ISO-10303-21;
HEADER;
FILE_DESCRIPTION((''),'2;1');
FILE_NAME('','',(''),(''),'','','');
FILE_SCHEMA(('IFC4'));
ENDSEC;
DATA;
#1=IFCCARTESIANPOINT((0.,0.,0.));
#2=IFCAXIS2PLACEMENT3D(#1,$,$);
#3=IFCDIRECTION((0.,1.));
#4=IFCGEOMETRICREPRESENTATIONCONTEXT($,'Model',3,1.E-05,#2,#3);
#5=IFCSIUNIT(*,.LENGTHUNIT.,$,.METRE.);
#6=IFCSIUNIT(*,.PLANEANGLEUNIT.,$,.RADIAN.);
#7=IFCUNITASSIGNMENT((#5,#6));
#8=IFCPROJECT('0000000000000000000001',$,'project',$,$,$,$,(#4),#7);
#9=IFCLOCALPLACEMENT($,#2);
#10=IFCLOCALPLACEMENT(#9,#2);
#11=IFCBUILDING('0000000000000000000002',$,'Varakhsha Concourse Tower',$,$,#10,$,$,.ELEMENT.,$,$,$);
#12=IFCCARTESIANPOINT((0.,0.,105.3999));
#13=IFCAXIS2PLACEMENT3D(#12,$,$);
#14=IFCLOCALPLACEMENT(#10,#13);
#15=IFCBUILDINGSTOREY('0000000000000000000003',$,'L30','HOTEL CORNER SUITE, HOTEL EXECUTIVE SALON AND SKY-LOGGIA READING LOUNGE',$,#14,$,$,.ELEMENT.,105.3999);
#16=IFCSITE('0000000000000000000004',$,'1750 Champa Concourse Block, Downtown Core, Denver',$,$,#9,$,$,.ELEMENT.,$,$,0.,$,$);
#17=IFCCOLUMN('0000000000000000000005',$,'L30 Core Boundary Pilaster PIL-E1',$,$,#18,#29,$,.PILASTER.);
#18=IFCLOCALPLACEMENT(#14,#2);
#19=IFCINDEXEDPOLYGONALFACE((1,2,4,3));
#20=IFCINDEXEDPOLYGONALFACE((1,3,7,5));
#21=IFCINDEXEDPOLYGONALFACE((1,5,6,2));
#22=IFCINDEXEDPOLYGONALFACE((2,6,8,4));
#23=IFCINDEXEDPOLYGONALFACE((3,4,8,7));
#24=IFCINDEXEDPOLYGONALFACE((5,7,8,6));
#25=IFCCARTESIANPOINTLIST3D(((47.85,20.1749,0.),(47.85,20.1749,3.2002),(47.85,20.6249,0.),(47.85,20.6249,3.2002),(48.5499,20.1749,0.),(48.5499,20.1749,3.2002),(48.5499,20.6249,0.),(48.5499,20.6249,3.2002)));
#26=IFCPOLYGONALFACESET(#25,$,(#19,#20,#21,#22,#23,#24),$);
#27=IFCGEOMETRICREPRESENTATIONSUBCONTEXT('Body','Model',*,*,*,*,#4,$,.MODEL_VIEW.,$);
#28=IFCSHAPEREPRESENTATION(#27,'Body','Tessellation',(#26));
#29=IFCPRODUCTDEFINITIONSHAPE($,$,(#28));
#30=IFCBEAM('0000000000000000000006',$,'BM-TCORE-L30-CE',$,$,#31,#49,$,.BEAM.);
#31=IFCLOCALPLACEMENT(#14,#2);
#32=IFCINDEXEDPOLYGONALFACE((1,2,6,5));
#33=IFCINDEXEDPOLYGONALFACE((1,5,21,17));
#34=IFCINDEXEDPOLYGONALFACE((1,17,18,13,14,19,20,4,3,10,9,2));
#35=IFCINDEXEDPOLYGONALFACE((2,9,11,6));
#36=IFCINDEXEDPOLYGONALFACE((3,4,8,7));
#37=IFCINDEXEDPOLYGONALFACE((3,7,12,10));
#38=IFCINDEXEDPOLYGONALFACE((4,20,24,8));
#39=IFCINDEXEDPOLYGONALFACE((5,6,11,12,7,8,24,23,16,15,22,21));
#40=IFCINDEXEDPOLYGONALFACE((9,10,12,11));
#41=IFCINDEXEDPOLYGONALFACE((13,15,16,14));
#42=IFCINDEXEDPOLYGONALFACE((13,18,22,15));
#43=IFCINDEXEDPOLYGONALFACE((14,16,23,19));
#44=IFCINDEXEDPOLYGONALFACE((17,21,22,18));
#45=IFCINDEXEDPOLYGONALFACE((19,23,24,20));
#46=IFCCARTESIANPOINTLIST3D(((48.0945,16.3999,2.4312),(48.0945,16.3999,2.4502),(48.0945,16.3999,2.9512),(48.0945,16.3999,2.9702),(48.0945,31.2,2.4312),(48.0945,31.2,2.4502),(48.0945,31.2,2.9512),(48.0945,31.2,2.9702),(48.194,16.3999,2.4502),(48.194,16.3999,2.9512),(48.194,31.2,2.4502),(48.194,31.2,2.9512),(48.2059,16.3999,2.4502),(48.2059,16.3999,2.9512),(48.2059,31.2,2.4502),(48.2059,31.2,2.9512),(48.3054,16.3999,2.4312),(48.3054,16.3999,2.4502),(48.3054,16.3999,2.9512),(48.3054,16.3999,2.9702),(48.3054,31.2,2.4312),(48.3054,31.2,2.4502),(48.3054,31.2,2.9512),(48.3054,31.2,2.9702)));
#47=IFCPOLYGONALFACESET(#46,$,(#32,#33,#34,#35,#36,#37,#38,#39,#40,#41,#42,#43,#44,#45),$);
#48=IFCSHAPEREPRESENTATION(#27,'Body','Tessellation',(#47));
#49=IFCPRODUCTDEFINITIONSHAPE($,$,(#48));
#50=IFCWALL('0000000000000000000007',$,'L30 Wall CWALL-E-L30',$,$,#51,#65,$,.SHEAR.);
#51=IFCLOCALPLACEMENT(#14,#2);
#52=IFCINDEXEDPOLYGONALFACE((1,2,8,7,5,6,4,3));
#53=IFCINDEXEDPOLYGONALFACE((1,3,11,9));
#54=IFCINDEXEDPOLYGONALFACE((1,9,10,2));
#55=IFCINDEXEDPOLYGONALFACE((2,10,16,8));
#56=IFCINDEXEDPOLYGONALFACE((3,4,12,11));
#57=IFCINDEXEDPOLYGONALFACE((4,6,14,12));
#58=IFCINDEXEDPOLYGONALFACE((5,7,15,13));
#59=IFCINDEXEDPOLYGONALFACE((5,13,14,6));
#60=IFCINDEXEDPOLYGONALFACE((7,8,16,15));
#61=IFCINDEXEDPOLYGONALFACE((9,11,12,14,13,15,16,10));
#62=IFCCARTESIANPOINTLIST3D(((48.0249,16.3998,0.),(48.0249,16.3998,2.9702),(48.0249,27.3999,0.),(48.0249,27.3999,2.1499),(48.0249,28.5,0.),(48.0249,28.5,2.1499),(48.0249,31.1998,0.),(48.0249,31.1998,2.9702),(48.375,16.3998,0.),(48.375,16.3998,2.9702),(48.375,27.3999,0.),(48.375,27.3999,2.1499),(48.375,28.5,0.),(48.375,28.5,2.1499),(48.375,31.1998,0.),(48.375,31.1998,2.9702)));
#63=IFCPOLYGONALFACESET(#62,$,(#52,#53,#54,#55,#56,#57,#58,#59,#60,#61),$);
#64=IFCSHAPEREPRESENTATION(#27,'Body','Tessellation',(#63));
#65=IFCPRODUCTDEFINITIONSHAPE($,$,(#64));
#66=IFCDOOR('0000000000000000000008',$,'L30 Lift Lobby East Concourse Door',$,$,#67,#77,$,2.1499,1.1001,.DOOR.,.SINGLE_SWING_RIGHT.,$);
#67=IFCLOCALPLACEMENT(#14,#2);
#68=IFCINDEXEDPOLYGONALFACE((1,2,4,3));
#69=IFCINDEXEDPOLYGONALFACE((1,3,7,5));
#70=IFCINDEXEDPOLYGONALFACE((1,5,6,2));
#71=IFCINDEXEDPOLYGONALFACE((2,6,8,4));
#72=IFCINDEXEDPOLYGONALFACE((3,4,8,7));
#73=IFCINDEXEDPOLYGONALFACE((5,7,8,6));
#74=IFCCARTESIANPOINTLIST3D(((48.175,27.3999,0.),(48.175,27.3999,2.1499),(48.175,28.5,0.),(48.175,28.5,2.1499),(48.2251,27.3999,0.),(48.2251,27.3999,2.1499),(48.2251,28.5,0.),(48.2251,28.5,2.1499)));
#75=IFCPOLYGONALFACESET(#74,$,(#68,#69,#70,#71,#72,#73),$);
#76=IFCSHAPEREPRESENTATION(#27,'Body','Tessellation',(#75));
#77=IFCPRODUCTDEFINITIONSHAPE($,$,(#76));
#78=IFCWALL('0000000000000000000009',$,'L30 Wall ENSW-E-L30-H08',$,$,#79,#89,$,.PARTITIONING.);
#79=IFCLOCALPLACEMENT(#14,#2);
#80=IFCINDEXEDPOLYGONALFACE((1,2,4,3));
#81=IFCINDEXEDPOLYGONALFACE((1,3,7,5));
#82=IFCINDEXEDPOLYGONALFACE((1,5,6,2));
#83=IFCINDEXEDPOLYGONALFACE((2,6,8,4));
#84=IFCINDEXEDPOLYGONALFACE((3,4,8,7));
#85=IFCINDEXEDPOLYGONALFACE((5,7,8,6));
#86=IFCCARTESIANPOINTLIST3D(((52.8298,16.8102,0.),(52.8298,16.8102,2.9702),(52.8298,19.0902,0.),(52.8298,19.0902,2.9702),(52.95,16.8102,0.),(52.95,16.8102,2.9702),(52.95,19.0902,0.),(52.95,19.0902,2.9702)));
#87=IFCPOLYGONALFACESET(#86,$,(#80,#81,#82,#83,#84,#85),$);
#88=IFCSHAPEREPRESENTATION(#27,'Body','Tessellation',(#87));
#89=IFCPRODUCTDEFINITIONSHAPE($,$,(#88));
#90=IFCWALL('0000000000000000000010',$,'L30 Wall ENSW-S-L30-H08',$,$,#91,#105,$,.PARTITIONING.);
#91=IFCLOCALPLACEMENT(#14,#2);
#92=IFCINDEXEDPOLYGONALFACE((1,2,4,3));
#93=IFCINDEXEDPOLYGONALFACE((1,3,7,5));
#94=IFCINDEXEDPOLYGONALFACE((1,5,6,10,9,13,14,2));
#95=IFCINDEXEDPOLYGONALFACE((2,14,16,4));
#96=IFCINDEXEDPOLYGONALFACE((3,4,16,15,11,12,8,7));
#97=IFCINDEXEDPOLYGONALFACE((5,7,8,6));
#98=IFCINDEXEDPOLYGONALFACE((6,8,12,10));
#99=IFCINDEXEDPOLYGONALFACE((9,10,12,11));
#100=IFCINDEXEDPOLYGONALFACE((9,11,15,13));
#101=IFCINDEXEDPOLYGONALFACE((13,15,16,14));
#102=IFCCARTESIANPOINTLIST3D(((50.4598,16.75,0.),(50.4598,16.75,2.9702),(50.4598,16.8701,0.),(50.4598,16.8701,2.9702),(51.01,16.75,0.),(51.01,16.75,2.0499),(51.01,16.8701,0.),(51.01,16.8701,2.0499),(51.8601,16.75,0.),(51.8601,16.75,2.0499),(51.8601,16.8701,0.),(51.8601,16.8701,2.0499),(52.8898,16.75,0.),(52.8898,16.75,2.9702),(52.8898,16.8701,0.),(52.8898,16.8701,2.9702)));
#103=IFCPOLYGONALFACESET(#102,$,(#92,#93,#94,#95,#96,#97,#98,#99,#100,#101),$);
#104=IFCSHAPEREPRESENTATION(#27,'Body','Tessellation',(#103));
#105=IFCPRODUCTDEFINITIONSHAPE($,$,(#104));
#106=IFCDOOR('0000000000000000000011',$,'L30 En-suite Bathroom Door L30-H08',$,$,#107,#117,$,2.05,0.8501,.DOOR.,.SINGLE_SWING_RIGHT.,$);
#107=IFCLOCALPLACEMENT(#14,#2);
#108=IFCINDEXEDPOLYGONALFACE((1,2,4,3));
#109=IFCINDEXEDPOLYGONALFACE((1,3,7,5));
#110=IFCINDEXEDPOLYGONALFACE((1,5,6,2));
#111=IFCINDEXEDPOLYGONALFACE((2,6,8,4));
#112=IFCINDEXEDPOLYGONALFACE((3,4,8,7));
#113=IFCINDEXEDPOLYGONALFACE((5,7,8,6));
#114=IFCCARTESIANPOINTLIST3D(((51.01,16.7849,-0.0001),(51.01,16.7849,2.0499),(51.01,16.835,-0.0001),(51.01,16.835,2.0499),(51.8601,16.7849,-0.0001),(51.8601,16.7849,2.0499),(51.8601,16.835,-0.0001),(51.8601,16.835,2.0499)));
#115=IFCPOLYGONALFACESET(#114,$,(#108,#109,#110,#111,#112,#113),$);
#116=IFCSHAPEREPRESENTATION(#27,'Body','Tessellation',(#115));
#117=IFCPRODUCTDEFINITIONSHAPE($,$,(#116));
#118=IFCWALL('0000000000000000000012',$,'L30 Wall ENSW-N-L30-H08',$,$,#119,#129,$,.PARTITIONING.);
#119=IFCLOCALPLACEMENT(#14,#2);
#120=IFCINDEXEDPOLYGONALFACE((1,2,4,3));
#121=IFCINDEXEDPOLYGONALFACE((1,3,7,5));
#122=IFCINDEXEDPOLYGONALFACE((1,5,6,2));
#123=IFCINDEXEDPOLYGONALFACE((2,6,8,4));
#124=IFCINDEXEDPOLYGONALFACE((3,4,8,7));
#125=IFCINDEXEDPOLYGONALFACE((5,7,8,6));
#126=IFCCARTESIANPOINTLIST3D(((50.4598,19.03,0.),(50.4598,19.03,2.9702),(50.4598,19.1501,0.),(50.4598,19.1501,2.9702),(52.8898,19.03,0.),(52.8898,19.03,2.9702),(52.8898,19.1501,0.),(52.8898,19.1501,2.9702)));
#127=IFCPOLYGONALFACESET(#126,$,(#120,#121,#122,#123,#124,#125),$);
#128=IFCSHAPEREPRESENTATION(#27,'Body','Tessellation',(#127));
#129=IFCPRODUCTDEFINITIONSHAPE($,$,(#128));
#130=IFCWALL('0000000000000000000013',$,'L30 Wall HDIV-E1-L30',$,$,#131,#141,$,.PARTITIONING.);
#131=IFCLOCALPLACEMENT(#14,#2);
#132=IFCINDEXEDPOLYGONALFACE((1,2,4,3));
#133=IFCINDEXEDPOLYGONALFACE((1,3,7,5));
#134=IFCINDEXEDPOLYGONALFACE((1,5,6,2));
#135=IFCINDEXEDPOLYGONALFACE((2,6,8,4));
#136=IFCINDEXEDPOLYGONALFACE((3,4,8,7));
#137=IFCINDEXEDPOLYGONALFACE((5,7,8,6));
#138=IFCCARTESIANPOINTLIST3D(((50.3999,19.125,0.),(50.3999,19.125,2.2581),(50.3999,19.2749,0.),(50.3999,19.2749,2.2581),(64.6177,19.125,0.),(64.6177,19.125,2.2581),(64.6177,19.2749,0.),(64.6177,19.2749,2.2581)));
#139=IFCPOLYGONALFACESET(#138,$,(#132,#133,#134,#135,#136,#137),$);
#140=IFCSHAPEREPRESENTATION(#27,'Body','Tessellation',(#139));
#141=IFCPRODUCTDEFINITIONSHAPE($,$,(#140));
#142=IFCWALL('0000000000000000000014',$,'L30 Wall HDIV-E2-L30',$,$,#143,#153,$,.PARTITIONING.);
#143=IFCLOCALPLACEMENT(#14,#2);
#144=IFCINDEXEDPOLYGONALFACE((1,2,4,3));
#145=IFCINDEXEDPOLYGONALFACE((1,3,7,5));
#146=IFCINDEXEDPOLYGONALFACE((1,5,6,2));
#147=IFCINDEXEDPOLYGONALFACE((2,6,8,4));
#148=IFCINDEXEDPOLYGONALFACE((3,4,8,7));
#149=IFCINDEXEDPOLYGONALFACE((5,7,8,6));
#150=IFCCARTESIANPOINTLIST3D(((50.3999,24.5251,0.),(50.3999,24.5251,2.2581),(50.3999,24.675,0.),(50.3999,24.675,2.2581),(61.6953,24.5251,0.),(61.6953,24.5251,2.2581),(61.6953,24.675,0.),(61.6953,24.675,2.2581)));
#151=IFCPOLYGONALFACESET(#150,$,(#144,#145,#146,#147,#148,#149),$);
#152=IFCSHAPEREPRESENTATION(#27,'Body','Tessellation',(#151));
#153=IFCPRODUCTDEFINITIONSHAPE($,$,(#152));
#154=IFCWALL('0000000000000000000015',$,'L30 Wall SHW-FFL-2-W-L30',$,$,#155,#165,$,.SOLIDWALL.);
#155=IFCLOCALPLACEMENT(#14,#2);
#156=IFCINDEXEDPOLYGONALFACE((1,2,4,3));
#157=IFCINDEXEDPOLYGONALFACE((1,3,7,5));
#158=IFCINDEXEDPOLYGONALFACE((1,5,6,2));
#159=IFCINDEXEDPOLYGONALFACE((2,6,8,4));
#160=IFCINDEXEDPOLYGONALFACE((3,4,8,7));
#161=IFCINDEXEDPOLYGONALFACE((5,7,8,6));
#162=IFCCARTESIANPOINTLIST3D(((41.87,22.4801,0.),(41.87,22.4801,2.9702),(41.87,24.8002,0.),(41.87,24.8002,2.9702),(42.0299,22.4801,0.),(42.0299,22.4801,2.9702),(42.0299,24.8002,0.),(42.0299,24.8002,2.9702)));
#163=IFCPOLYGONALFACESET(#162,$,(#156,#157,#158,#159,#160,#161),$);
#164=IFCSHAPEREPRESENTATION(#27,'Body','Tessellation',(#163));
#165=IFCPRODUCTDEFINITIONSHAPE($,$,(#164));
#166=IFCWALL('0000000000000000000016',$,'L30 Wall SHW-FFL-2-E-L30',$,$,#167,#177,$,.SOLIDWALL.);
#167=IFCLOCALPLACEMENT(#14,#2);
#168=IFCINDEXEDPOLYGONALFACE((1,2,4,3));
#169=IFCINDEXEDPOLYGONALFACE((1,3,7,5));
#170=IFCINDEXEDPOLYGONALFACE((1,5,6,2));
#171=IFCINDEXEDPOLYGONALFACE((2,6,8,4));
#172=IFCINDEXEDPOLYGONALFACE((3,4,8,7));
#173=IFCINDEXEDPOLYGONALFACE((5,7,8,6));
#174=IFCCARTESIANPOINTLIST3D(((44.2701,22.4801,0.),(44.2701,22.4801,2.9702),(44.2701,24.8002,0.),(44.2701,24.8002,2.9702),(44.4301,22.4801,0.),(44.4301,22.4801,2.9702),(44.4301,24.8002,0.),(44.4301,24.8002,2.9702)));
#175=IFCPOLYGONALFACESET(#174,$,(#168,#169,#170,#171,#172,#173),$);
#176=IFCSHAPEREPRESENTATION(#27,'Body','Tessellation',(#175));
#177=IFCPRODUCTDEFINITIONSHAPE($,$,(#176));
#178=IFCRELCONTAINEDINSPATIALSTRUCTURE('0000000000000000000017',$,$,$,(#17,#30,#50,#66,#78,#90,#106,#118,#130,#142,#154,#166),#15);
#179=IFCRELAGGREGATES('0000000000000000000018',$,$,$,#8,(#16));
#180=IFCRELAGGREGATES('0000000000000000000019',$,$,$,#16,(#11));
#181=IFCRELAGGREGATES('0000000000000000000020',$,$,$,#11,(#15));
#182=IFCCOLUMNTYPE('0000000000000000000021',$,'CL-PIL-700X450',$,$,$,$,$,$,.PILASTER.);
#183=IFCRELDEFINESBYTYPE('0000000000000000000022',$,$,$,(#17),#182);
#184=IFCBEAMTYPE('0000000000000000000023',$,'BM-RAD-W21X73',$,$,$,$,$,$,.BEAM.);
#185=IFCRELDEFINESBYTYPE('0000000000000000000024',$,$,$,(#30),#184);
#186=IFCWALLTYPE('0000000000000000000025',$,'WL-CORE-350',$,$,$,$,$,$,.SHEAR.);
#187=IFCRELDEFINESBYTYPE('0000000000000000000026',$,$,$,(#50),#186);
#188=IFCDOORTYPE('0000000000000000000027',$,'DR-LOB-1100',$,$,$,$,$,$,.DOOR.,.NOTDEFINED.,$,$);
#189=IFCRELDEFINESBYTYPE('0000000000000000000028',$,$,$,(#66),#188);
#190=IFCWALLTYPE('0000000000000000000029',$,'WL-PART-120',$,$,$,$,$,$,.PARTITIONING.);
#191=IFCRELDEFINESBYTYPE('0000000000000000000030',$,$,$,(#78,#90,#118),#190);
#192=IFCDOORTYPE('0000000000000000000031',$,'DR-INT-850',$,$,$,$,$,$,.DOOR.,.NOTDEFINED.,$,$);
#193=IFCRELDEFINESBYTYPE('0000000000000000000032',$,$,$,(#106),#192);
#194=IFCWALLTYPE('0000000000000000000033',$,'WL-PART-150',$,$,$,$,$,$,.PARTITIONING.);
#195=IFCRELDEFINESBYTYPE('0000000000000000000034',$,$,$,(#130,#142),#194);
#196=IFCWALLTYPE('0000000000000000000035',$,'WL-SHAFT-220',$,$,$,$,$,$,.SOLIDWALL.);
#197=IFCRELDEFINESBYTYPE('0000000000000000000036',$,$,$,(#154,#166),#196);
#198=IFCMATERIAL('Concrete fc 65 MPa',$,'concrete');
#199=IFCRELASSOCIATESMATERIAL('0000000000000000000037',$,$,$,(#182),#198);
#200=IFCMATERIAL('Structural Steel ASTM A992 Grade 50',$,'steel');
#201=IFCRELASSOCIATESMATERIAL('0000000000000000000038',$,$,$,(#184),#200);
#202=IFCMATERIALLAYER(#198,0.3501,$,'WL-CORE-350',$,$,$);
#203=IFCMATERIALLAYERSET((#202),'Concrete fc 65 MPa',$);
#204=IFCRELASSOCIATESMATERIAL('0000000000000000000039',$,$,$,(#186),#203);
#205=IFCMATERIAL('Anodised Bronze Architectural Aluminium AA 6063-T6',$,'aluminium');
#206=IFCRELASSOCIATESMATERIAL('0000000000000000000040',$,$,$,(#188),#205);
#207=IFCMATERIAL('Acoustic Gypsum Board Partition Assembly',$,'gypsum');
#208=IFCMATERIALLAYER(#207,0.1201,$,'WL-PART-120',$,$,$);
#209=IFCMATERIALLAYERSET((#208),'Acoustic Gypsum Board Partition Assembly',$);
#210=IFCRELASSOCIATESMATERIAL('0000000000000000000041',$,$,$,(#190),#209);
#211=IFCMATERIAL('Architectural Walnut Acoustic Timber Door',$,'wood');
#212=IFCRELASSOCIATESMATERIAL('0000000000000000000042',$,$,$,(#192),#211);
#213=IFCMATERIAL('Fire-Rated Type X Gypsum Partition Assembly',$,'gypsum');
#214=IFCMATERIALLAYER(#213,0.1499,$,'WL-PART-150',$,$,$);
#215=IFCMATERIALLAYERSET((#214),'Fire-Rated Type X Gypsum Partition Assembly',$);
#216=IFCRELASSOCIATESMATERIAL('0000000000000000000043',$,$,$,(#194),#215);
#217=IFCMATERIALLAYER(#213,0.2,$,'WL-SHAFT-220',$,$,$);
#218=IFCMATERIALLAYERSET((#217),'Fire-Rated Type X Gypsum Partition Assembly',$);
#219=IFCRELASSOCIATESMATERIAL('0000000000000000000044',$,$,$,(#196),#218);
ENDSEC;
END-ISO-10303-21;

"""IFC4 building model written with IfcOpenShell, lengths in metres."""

from ifc_helpers import new_model, si_unit, direction, frame, frame_2d, origin, origin_2d, place, context, subcontext, project, spatial, rectangle, i_section, extrude, material, layer, layer_set, material_profile, profile_set, type_object, element, fill, save


model = new_model("IFC4")

# Units and contexts
model_context = context("Model", 3, precision=1e-05, world=origin(), true_north=direction((0.0, 1.0)))
body_context = subcontext(model_context, "Body", "Model", "MODEL_VIEW")
ifc_project = project(units=[si_unit("LENGTHUNIT", "METRE"), si_unit("PLANEANGLEUNIT", "RADIAN")], contexts=[model_context])

# Site, building, storey
site_placement = place(None, origin())
site = spatial("IfcSite", under=ifc_project, at=site_placement, Name="1750 Champa Concourse Block, Downtown Core, Denver", CompositionType="ELEMENT", RefElevation=0.0)
building_placement = place(site_placement, origin())
building = spatial("IfcBuilding", under=site, at=building_placement, Name="Varakhsha Concourse Tower", CompositionType="ELEMENT")
storey_placement = place(building_placement, frame((0.0, 0.0, 105.3999)))
storey = spatial("IfcBuildingStorey", under=building, at=storey_placement, Name="L30", Description="HOTEL CORNER SUITE, HOTEL EXECUTIVE SALON AND SKY-LOGGIA READING LOUNGE", CompositionType="ELEMENT", Elevation=105.3999)

# Column
ifc_material_1 = material(Name="Concrete fc 65 MPa", Category="concrete")
ifc_material_profile_1 = material_profile(ifc_material_1, rectangle(XDim=0.7, YDim=0.45, at=origin_2d()), Name="RC 700x450")
ifc_profile_set_1 = profile_set([ifc_material_profile_1], Name="Concrete fc 65 MPa")
column_type = type_object("IfcColumnType", Name="CL-PIL-700X450", PredefinedType="PILASTER", material=ifc_profile_set_1)
column_placement = place(storey_placement, frame((48.2, 20.3999, 0.0), z_axis=(0.0, 0.0, 1.0), x_axis=(1.0, 0.0, 0.0)))
element("IfcColumn", 1, at=column_placement, inside=storey, type_object=column_type, Name="L30 Core Boundary Pilaster PIL-E1", PredefinedType="PILASTER", context=body_context, shape_type="SweptSolid", body=[
    extrude(rectangle(XDim=0.7, YDim=0.45, at=origin_2d()), origin(), (0.0, 0.0, 1.0), 3.2002),
])

# Beam
ifc_material_2 = material(Name="Structural Steel ASTM A992 Grade 50", Category="steel")
ifc_material_profile_2 = material_profile(ifc_material_2, i_section(OverallWidth=0.2109, OverallDepth=0.5391, WebThickness=0.012, FlangeThickness=0.019, at=origin_2d()), Name="W21X73")
ifc_profile_set_2 = profile_set([ifc_material_profile_2], Name="Structural Steel ASTM A992 Grade 50")
beam_type = type_object("IfcBeamType", Name="BM-RAD-W21X73", PredefinedType="BEAM", material=ifc_profile_set_2)
beam_placement = place(storey_placement, frame((48.2, 16.3999, 2.7007), z_axis=(0.0, 1.0, 0.0), x_axis=(-1.0, 0.0, 0.0)))
element("IfcBeam", 2, at=beam_placement, inside=storey, type_object=beam_type, Name="BM-TCORE-L30-CE", PredefinedType="BEAM", context=body_context, shape_type="SweptSolid", body=[
    extrude(i_section(OverallWidth=0.2109, OverallDepth=0.5391, WebThickness=0.012, FlangeThickness=0.019, at=origin_2d()), origin(), (0.0, 0.0, 1.0), 14.8),
])

# Wall, opening, door
ifc_layer_1 = layer(ifc_material_1, 0.3501, Name="WL-CORE-350")
ifc_layer_set_1 = layer_set([ifc_layer_1], Name="Concrete fc 65 MPa")
wall_type_1 = type_object("IfcWallType", Name="WL-CORE-350", PredefinedType="SHEAR", material=ifc_layer_set_1)
wall_1_placement = place(storey_placement, frame((48.2, 16.3999, 0.0), z_axis=(0.0, 0.0, 1.0), x_axis=(0.0, 1.0, 0.0)))
wall_1 = element("IfcWall", 3, at=wall_1_placement, inside=storey, type_object=wall_type_1, Name="L30 Wall CWALL-E-L30", PredefinedType="SHEAR", context=body_context, shape_type="SweptSolid", body=[
    extrude(rectangle(XDim=14.8, YDim=0.3501, at=frame_2d((7.3999, 0.0))), origin(), (0.0, 0.0, 1.0), 2.9702),
])
opening_1_placement = place(wall_1_placement, frame((11.0, 0.0, 0.0)))
opening_1 = element("IfcOpeningElement", 4, at=opening_1_placement, cuts=wall_1, PredefinedType="OPENING", context=body_context, shape_type="SweptSolid", body=[
    extrude(rectangle(XDim=1.1001, YDim=2.1499, at=frame_2d((0.55, 1.075))), frame((0.0, 0.1851, 0.0), z_axis=(0.0, -1.0, 0.0), x_axis=(1.0, 0.0, 0.0)), (0.0, 0.0, 1.0), 0.3701),
])
ifc_material_3 = material(Name="Anodised Bronze Architectural Aluminium AA 6063-T6", Category="aluminium")
door_type_1 = type_object("IfcDoorType", Name="DR-LOB-1100", OperationType="NOTDEFINED", PredefinedType="DOOR", material=ifc_material_3)
door_1_placement = place(opening_1_placement, origin())
door_1 = element("IfcDoor", 5, at=door_1_placement, inside=storey, type_object=door_type_1, Name="L30 Lift Lobby East Concourse Door", OperationType="SINGLE_SWING_RIGHT", OverallHeight=2.1499, OverallWidth=1.1001, PredefinedType="DOOR", context=body_context, shape_type="SweptSolid", body=[
    extrude(rectangle(XDim=1.1001, YDim=2.1499, at=frame_2d((0.55, 1.075))), frame((0.0, 0.0249, 0.0), z_axis=(0.0, -1.0, 0.0), x_axis=(1.0, 0.0, 0.0)), (0.0, 0.0, 1.0), 0.05),
])
fill(opening_1, door_1)

# Wall
ifc_material_4 = material(Name="Acoustic Gypsum Board Partition Assembly", Category="gypsum")
ifc_layer_2 = layer(ifc_material_4, 0.1201, Name="WL-PART-120")
ifc_layer_set_2 = layer_set([ifc_layer_2], Name="Acoustic Gypsum Board Partition Assembly")
wall_type_2 = type_object("IfcWallType", Name="WL-PART-120", PredefinedType="PARTITIONING", material=ifc_layer_set_2)
wall_2_placement = place(storey_placement, frame((52.8899, 16.8101, 0.0), z_axis=(0.0, 0.0, 1.0), x_axis=(0.0, 1.0, 0.0)))
element("IfcWall", 6, at=wall_2_placement, inside=storey, type_object=wall_type_2, Name="L30 Wall ENSW-E-L30-H08", PredefinedType="PARTITIONING", context=body_context, shape_type="SweptSolid", body=[
    extrude(rectangle(XDim=2.28, YDim=0.1201, at=frame_2d((1.1401, 0.0))), origin(), (0.0, 0.0, 1.0), 2.9702),
])

# Wall, opening, door
wall_3_placement = place(storey_placement, frame((50.46, 16.8101, 0.0), z_axis=(0.0, 0.0, 1.0), x_axis=(1.0, 0.0, 0.0)))
wall_3 = element("IfcWall", 7, at=wall_3_placement, inside=storey, type_object=wall_type_2, Name="L30 Wall ENSW-S-L30-H08", PredefinedType="PARTITIONING", context=body_context, shape_type="SweptSolid", body=[
    extrude(rectangle(XDim=2.4299, YDim=0.1201, at=frame_2d((1.2148, 0.0))), origin(), (0.0, 0.0, 1.0), 2.9702),
])
opening_2_placement = place(wall_3_placement, frame((0.55, 0.0, 0.0)))
opening_2 = element("IfcOpeningElement", 8, at=opening_2_placement, cuts=wall_3, PredefinedType="OPENING", context=body_context, shape_type="SweptSolid", body=[
    extrude(rectangle(XDim=0.8501, YDim=2.05, at=frame_2d((0.425, 1.0249))), frame((0.0, 0.0701, 0.0), z_axis=(0.0, -1.0, 0.0), x_axis=(1.0, 0.0, 0.0)), (0.0, 0.0, 1.0), 0.1401),
])
ifc_material_5 = material(Name="Architectural Walnut Acoustic Timber Door", Category="wood")
door_type_2 = type_object("IfcDoorType", Name="DR-INT-850", OperationType="NOTDEFINED", PredefinedType="DOOR", material=ifc_material_5)
door_2_placement = place(opening_2_placement, origin())
door_2 = element("IfcDoor", 9, at=door_2_placement, inside=storey, type_object=door_type_2, Name="L30 En-suite Bathroom Door L30-H08", OperationType="SINGLE_SWING_RIGHT", OverallHeight=2.05, OverallWidth=0.8501, PredefinedType="DOOR", context=body_context, shape_type="SweptSolid", body=[
    extrude(rectangle(XDim=0.8501, YDim=2.05, at=frame_2d((0.425, 1.0249))), frame((0.0, 0.0249, 0.0), z_axis=(0.0, -1.0, 0.0), x_axis=(1.0, 0.0, 0.0)), (0.0, 0.0, 1.0), 0.05),
])
fill(opening_2, door_2)

# Walls
wall_4_placement = place(storey_placement, frame((50.46, 19.0901, 0.0), z_axis=(0.0, 0.0, 1.0), x_axis=(1.0, 0.0, 0.0)))
element("IfcWall", 10, at=wall_4_placement, inside=storey, type_object=wall_type_2, Name="L30 Wall ENSW-N-L30-H08", PredefinedType="PARTITIONING", context=body_context, shape_type="SweptSolid", body=[
    extrude(rectangle(XDim=2.4299, YDim=0.1201, at=frame_2d((1.2148, 0.0))), origin(), (0.0, 0.0, 1.0), 2.9702),
])
ifc_material_6 = material(Name="Fire-Rated Type X Gypsum Partition Assembly", Category="gypsum")
ifc_layer_3 = layer(ifc_material_6, 0.1499, Name="WL-PART-150")
ifc_layer_set_3 = layer_set([ifc_layer_3], Name="Fire-Rated Type X Gypsum Partition Assembly")
wall_type_3 = type_object("IfcWallType", Name="WL-PART-150", PredefinedType="PARTITIONING", material=ifc_layer_set_3)
wall_5_placement = place(storey_placement, frame((50.3999, 19.2, 0.0), z_axis=(0.0, 0.0, 1.0), x_axis=(1.0, 0.0, 0.0)))
element("IfcWall", 11, at=wall_5_placement, inside=storey, type_object=wall_type_3, Name="L30 Wall HDIV-E1-L30", PredefinedType="PARTITIONING", context=body_context, shape_type="SweptSolid", body=[
    extrude(rectangle(XDim=14.2178, YDim=0.1499, at=frame_2d((7.1089, 0.0))), origin(), (0.0, 0.0, 1.0), 2.2581),
])
wall_6_placement = place(storey_placement, frame((50.3999, 24.6001, 0.0), z_axis=(0.0, 0.0, 1.0), x_axis=(1.0, 0.0, 0.0)))
element("IfcWall", 12, at=wall_6_placement, inside=storey, type_object=wall_type_3, Name="L30 Wall HDIV-E2-L30", PredefinedType="PARTITIONING", context=body_context, shape_type="SweptSolid", body=[
    extrude(rectangle(XDim=11.2954, YDim=0.1499, at=frame_2d((5.6477, 0.0))), origin(), (0.0, 0.0, 1.0), 2.2581),
])
ifc_layer_4 = layer(ifc_material_6, 0.2, Name="WL-SHAFT-220")
ifc_layer_set_4 = layer_set([ifc_layer_4], Name="Fire-Rated Type X Gypsum Partition Assembly")
wall_type_4 = type_object("IfcWallType", Name="WL-SHAFT-220", PredefinedType="SOLIDWALL", material=ifc_layer_set_4)
for number, where, z_axis, x_axis, name in (
    (13, (41.95, 22.48, 0.0), (0.0, 0.0, 1.0), (0.0, 1.0, 0.0), "L30 Wall SHW-FFL-2-W-L30"),
    (14, (44.3501, 22.48, 0.0), (0.0, 0.0, 1.0), (0.0, 1.0, 0.0), "L30 Wall SHW-FFL-2-E-L30"),
):
    element("IfcWall", number, at=place(storey_placement, frame(where, z_axis=z_axis, x_axis=x_axis)), inside=storey, type_object=wall_type_4, Name=name, PredefinedType="SOLIDWALL", context=body_context, shape_type="SweptSolid", body=[
        extrude(rectangle(XDim=2.3201, YDim=0.1599, at=frame_2d((1.1602, 0.0))), origin(), (0.0, 0.0, 1.0), 2.9702),
    ])

save(model, "model.ifc")
